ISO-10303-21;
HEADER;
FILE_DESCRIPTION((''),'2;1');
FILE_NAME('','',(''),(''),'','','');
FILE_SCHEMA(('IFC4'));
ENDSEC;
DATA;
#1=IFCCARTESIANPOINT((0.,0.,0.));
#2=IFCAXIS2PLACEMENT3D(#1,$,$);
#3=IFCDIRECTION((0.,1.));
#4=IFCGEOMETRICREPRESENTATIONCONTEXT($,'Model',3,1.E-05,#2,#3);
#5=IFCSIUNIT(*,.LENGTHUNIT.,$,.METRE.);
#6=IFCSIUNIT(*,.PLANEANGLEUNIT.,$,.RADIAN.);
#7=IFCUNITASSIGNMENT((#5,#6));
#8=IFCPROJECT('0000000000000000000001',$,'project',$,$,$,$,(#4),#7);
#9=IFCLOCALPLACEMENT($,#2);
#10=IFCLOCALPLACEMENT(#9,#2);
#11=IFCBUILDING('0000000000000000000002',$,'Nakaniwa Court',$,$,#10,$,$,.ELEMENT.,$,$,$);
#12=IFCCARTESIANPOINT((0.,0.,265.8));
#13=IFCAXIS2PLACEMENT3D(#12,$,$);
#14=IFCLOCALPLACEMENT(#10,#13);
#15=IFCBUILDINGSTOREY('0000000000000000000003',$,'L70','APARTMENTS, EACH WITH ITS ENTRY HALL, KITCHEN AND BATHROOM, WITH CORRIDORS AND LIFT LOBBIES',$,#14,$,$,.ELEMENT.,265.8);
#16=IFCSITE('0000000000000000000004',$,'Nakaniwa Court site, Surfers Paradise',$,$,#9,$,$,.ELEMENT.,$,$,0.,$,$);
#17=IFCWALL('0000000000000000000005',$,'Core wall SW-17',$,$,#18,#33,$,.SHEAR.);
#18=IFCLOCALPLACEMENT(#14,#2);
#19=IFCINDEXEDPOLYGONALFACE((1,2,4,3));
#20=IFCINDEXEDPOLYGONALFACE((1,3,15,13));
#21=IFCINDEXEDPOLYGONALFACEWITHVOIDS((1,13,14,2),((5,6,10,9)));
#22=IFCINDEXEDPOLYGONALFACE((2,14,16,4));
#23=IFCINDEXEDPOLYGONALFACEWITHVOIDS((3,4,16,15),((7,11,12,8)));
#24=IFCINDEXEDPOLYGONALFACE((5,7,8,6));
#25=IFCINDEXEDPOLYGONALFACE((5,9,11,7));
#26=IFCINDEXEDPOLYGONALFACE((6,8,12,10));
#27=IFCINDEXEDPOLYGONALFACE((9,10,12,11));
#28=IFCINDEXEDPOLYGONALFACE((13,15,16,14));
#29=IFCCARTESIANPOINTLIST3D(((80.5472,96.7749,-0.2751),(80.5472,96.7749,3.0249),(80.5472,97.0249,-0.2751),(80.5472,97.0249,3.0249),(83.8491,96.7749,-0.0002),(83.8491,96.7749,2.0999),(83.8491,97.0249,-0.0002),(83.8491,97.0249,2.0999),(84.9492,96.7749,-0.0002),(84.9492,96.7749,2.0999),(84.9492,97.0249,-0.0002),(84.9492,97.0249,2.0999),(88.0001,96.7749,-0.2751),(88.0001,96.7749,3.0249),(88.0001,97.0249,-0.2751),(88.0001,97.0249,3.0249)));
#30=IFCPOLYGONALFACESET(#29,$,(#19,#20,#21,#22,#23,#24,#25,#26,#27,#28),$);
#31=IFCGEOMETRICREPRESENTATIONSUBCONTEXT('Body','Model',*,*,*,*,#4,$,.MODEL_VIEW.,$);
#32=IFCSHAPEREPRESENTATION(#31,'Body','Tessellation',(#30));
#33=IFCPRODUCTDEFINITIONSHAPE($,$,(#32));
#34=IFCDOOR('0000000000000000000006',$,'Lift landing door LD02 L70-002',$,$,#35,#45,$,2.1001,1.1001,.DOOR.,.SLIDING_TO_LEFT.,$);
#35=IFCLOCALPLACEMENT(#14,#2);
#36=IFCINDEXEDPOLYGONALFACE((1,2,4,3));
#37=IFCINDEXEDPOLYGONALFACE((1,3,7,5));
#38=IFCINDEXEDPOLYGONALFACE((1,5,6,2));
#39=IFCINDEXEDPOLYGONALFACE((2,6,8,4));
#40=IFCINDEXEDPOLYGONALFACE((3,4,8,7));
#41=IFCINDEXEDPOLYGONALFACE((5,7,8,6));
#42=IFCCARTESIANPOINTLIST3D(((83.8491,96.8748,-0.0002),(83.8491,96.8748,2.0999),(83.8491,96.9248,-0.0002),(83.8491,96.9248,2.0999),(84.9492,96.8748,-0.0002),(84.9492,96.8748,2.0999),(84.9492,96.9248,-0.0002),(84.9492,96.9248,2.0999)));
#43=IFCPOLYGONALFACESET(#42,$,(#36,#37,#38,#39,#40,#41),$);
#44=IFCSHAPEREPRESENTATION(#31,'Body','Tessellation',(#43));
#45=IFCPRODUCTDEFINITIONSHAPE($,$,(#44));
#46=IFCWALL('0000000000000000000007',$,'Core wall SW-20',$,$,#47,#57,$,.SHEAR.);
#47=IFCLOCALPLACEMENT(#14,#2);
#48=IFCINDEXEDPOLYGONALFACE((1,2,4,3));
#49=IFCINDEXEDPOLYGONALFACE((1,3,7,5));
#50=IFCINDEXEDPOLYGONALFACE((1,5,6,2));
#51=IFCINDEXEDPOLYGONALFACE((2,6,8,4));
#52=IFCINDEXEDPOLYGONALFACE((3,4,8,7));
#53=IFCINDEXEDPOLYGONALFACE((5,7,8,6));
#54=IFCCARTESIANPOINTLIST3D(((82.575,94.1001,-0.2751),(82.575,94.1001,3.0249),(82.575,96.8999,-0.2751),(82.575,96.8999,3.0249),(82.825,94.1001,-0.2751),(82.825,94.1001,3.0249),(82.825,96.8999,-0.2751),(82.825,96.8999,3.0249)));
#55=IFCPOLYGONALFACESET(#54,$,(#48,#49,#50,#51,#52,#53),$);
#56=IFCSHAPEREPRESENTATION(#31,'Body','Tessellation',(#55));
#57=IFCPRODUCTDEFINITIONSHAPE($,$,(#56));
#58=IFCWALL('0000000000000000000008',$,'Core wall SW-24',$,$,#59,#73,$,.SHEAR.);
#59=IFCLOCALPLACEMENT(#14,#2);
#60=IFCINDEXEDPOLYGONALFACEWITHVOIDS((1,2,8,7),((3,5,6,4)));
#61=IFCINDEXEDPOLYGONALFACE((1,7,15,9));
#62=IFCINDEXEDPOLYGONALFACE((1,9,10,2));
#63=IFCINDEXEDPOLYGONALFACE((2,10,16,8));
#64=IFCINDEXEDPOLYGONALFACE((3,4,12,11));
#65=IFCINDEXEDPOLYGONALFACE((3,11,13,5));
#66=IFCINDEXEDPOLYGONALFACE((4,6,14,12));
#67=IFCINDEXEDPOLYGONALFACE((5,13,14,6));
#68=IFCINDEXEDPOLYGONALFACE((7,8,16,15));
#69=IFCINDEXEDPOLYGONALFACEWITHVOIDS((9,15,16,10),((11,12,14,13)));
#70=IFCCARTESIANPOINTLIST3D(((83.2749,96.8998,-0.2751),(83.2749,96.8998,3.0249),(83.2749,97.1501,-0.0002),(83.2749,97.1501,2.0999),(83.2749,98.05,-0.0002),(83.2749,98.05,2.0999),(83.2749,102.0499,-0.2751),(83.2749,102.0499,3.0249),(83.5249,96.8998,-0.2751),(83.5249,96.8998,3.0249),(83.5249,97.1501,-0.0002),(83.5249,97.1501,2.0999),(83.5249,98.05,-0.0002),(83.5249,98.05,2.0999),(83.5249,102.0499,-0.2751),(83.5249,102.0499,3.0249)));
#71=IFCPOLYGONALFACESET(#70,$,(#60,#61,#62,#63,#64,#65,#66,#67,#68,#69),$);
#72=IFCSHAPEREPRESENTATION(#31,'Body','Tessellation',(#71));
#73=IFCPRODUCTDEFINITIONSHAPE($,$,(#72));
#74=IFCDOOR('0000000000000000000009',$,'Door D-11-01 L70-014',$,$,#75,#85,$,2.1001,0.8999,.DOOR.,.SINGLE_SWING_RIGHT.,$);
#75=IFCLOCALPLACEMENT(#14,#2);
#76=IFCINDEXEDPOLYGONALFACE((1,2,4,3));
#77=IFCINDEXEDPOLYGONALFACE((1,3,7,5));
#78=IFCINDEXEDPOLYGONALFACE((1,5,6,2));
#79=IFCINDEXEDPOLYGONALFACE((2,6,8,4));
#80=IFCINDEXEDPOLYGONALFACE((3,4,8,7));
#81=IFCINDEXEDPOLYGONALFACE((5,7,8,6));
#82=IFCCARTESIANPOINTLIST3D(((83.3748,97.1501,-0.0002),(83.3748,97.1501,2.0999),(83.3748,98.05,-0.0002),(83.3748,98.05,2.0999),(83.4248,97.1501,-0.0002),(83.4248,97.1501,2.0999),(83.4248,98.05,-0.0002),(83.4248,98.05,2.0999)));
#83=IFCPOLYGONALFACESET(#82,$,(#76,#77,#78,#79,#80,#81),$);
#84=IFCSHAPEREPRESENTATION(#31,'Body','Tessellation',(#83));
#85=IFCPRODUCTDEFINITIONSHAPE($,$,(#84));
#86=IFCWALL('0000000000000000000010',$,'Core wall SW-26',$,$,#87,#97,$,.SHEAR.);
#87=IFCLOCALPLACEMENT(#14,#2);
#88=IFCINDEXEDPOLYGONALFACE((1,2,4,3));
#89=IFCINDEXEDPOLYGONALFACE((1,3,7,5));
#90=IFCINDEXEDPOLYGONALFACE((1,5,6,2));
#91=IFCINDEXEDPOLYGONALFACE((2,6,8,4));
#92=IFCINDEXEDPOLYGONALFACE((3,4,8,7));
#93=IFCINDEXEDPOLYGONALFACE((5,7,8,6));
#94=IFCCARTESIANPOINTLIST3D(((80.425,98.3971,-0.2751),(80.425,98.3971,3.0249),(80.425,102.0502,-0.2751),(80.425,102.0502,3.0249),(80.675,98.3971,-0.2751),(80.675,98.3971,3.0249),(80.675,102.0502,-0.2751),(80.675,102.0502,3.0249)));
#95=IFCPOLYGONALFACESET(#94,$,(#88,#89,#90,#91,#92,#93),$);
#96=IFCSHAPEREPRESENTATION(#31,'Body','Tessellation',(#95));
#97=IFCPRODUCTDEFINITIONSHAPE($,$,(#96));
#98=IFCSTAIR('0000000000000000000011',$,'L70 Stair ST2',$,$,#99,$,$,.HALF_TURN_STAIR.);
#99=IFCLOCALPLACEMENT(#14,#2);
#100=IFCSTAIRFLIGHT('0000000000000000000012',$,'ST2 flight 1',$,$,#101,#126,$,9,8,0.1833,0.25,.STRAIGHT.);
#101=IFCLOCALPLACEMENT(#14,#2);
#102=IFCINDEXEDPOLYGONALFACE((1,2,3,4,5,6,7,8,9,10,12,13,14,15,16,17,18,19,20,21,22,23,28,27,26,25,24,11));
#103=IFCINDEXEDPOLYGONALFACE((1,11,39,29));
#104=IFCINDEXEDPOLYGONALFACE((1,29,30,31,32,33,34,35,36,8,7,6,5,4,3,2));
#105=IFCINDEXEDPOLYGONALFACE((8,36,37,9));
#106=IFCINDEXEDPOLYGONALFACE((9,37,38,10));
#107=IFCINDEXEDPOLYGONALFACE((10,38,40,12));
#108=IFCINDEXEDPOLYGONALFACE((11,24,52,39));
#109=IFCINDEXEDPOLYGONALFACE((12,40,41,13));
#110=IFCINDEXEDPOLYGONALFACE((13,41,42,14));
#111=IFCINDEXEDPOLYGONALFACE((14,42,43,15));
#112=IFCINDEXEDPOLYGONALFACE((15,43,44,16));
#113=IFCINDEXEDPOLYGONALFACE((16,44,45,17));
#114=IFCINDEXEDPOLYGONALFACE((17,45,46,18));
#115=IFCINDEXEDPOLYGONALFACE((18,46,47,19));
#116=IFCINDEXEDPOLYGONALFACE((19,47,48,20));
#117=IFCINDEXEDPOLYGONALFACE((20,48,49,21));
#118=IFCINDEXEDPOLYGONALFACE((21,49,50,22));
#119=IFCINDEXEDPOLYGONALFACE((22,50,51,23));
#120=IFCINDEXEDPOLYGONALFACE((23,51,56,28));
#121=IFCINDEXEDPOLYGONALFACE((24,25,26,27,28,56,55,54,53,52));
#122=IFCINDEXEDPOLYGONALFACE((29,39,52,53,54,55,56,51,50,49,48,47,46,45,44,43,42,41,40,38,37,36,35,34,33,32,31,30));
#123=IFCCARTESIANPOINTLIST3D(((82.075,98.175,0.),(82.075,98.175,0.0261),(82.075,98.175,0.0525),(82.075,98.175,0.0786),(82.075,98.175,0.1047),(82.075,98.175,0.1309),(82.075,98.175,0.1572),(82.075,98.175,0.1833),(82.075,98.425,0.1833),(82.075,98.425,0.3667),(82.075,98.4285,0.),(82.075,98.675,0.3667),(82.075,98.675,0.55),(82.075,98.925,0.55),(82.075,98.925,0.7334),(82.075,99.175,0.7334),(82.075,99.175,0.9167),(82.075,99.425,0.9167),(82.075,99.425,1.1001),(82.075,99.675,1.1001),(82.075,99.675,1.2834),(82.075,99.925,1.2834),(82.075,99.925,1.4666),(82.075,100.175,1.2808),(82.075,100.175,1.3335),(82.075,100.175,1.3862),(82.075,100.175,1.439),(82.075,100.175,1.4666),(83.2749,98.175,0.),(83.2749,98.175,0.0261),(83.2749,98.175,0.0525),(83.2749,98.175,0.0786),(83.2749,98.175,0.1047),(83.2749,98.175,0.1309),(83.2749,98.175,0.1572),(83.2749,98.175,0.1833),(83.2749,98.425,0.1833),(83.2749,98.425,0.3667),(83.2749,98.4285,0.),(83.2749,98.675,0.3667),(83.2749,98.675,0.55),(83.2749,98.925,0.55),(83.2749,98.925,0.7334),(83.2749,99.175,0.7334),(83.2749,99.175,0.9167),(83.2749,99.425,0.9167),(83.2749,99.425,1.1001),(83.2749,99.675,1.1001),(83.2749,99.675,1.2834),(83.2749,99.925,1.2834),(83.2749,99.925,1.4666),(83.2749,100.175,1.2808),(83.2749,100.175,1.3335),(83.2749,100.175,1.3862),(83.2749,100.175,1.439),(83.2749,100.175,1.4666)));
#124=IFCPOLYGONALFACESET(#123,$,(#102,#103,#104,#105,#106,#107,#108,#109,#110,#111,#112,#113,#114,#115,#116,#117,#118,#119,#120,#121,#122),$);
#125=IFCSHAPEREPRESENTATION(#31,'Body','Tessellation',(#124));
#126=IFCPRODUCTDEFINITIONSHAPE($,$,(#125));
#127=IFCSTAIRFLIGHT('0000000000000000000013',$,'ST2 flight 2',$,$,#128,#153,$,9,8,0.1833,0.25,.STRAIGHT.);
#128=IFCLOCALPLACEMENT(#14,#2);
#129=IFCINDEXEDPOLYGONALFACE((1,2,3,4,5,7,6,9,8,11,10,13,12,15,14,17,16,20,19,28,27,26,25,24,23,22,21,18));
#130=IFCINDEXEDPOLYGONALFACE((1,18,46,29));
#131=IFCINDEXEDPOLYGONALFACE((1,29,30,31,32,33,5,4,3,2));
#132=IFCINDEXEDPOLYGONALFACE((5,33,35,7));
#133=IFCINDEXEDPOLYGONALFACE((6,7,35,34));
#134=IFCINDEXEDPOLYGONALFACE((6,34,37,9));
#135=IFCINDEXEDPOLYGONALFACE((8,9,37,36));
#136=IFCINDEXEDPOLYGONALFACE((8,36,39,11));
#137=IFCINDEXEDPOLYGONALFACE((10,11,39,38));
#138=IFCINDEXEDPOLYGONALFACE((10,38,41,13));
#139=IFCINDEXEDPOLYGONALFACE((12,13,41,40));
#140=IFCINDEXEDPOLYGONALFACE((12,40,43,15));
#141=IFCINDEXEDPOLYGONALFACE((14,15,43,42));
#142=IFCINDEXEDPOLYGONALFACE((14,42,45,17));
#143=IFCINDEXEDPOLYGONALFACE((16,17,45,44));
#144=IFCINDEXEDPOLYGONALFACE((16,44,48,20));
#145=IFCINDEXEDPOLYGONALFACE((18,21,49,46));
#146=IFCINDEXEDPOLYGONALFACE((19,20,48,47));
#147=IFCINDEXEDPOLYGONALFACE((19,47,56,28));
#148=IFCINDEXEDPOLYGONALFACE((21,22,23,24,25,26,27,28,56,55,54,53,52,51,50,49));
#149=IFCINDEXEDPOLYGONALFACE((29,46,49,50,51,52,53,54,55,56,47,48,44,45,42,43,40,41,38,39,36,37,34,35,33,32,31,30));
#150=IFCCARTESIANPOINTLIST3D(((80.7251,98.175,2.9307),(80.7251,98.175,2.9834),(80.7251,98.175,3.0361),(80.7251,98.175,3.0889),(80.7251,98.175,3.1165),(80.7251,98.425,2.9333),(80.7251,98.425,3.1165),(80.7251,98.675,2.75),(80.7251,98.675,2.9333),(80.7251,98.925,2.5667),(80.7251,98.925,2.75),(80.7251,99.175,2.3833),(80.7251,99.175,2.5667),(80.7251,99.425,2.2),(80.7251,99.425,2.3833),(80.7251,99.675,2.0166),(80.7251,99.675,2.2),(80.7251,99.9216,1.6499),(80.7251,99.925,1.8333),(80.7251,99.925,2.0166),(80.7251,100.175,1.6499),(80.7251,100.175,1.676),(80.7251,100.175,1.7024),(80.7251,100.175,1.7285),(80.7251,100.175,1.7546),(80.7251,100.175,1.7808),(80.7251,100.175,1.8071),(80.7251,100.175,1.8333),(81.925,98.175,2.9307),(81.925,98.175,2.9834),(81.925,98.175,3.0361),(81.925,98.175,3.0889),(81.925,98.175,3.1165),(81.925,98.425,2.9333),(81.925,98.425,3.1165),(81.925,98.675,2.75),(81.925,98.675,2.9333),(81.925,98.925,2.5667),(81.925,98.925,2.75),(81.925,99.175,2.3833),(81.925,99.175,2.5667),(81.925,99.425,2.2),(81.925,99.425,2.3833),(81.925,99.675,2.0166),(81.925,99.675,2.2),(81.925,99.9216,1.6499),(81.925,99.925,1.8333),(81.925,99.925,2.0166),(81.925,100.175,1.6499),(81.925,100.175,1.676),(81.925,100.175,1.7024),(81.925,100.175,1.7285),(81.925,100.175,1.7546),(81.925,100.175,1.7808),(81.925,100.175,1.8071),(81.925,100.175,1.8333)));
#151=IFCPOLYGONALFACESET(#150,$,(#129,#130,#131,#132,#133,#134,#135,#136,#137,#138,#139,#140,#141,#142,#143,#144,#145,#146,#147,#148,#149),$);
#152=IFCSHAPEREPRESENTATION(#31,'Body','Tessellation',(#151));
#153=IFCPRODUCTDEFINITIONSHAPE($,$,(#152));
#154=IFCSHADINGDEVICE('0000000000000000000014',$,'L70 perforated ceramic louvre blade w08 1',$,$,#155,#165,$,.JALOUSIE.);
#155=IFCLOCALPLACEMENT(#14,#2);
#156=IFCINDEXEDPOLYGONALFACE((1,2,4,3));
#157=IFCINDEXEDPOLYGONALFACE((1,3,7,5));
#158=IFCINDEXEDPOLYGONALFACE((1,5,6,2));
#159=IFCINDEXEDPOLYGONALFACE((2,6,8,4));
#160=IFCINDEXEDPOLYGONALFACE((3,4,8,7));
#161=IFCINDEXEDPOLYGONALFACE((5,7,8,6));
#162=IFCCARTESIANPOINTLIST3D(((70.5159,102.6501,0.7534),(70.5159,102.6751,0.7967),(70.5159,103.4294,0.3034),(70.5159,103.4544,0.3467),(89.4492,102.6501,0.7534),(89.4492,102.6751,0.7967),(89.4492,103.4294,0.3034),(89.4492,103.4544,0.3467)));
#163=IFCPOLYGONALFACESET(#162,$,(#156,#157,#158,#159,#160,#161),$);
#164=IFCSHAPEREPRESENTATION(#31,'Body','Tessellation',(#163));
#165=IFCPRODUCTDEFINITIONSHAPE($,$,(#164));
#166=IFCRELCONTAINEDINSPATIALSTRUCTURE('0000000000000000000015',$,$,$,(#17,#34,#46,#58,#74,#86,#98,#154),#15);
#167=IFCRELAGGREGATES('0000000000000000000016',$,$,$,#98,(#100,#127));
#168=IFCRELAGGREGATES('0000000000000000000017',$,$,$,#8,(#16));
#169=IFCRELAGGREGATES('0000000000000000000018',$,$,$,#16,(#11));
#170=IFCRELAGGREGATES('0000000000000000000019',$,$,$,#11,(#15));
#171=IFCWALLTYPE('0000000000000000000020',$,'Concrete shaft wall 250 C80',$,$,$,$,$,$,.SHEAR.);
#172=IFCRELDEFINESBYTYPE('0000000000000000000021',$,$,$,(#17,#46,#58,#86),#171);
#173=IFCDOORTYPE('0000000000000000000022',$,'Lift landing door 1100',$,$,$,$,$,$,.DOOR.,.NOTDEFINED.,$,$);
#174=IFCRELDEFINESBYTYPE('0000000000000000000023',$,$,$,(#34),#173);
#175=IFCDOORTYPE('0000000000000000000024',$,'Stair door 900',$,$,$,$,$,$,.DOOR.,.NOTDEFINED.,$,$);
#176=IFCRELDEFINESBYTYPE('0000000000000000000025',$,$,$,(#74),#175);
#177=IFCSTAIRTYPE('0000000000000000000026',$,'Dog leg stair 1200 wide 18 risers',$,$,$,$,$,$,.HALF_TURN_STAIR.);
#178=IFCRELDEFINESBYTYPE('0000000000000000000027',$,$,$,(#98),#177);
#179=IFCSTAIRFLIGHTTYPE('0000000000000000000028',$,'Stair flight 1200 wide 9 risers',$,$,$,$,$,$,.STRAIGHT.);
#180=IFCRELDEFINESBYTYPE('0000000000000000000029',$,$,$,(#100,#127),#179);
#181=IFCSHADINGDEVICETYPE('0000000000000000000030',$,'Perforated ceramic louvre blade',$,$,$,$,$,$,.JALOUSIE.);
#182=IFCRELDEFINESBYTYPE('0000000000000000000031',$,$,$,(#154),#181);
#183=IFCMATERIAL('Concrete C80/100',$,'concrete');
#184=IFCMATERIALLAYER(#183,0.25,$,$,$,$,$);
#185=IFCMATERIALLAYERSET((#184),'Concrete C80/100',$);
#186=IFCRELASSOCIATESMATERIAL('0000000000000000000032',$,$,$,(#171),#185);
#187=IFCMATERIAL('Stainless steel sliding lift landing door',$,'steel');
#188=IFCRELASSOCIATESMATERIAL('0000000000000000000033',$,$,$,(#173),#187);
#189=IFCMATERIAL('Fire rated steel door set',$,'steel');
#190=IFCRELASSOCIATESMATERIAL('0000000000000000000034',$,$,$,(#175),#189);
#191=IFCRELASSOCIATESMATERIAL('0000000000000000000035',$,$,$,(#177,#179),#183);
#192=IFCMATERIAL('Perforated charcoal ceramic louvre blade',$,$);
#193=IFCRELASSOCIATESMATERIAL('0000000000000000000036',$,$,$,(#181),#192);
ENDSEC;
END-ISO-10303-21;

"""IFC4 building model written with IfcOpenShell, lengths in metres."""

from ifc_helpers import new_model, si_unit, direction, frame, frame_2d, origin, origin_2d, place, context, subcontext, project, spatial, polyline, rectangle, outline, extrude, material, layer, layer_set, material_profile, profile_set, type_object, element, fill, aggregate, save


model = new_model("IFC4")

# Units and contexts
model_context = context("Model", 3, precision=1e-05, world=origin(), true_north=direction((0.0, 1.0)))
body_context = subcontext(model_context, "Body", "Model", "MODEL_VIEW")
ifc_project = project(units=[si_unit("LENGTHUNIT", "METRE"), si_unit("PLANEANGLEUNIT", "RADIAN")], contexts=[model_context])

# Site, building, storey
site_placement = place(None, origin())
site = spatial("IfcSite", under=ifc_project, at=site_placement, Name="Nakaniwa Court site, Surfers Paradise", CompositionType="ELEMENT", RefElevation=0.0)
building_placement = place(site_placement, origin())
building = spatial("IfcBuilding", under=site, at=building_placement, Name="Nakaniwa Court", CompositionType="ELEMENT")
storey_placement = place(building_placement, frame((0.0, 0.0, 265.8)))
storey = spatial("IfcBuildingStorey", under=building, at=storey_placement, Name="L70", Description="APARTMENTS, EACH WITH ITS ENTRY HALL, KITCHEN AND BATHROOM, WITH CORRIDORS AND LIFT LOBBIES", CompositionType="ELEMENT", Elevation=265.8)

# Shared definitions
ifc_material_1 = material(Name="Fire rated steel door set", Category="steel")

# Shared definitions
ifc_material_2 = material(Name="Concrete C80/100", Category="concrete")

# Shared definitions
ifc_layer_1 = layer(ifc_material_2, 0.25)
ifc_layer_set_1 = layer_set([ifc_layer_1], Name="Concrete C80/100")
wall_type_1 = type_object("IfcWallType", Name="Concrete shaft wall 250 C80", PredefinedType="SHEAR", material=ifc_layer_set_1)

# Wall, opening, door
wall_1_placement = place(storey_placement, frame((80.5471, 96.8999, -0.2751), z_axis=(0.0, 0.0, 1.0), x_axis=(1.0, 0.0, 0.0)))
wall_1 = element("IfcWall", 1, at=wall_1_placement, inside=storey, type_object=wall_type_1, Name="Core wall SW-17", PredefinedType="SHEAR", context=body_context, shape_type="SweptSolid", body=[
    extrude(rectangle(XDim=7.4529, YDim=0.25, at=frame_2d((3.7266, 0.0))), origin(), (0.0, 0.0, 1.0), 3.3),
])
opening_1_placement = place(wall_1_placement, frame((3.302, 0.0, 0.2749)))
opening_1 = element("IfcOpeningElement", 2, at=opening_1_placement, cuts=wall_1, PredefinedType="OPENING", context=body_context, shape_type="SweptSolid", body=[
    extrude(rectangle(XDim=1.1001, YDim=2.1001, at=frame_2d((0.55, 1.05))), frame((0.0, 0.135, 0.0), z_axis=(0.0, -1.0, 0.0), x_axis=(1.0, 0.0, 0.0)), (0.0, 0.0, 1.0), 0.27),
])
ifc_material_3 = material(Name="Stainless steel sliding lift landing door", Category="steel")
door_type_1 = type_object("IfcDoorType", Name="Lift landing door 1100", OperationType="NOTDEFINED", PredefinedType="DOOR", material=ifc_material_3)
door_1_placement = place(opening_1_placement, origin())
door_1 = element("IfcDoor", 3, at=door_1_placement, inside=storey, type_object=door_type_1, Name="Lift landing door LD02 L70-002", OperationType="SLIDING_TO_LEFT", OverallHeight=2.1001, OverallWidth=1.1001, PredefinedType="DOOR", context=body_context, shape_type="SweptSolid", body=[
    extrude(rectangle(XDim=1.1001, YDim=2.1001, at=frame_2d((0.55, 1.05))), frame((0.0, 0.0249, 0.0), z_axis=(0.0, -1.0, 0.0), x_axis=(1.0, 0.0, 0.0)), (0.0, 0.0, 1.0), 0.05),
])
fill(opening_1, door_1)

# Wall
wall_2_placement = place(storey_placement, frame((82.7, 94.1001, -0.2751), z_axis=(0.0, 0.0, 1.0), x_axis=(0.0, 1.0, 0.0)))
element("IfcWall", 4, at=wall_2_placement, inside=storey, type_object=wall_type_1, Name="Core wall SW-20", PredefinedType="SHEAR", context=body_context, shape_type="SweptSolid", body=[
    extrude(rectangle(XDim=2.7998, YDim=0.25, at=frame_2d((1.3999, 0.0))), origin(), (0.0, 0.0, 1.0), 3.3),
])

# Wall, opening, door
wall_3_placement = place(storey_placement, frame((83.3999, 102.05, -0.2751), z_axis=(0.0, 0.0, 1.0), x_axis=(0.0, -1.0, 0.0)))
wall_3 = element("IfcWall", 5, at=wall_3_placement, inside=storey, type_object=wall_type_1, Name="Core wall SW-24", PredefinedType="SHEAR", context=body_context, shape_type="SweptSolid", body=[
    extrude(rectangle(XDim=5.1501, YDim=0.25, at=frame_2d((2.5752, 0.0))), origin(), (0.0, 0.0, 1.0), 3.3),
])
opening_2_placement = place(wall_3_placement, frame((4.0, 0.0, 0.2749)))
opening_2 = element("IfcOpeningElement", 6, at=opening_2_placement, cuts=wall_3, PredefinedType="OPENING", context=body_context, shape_type="SweptSolid", body=[
    extrude(rectangle(XDim=0.8999, YDim=2.1001, at=frame_2d((0.45, 1.05))), frame((0.0, 0.135, 0.0), z_axis=(0.0, -1.0, 0.0), x_axis=(1.0, 0.0, 0.0)), (0.0, 0.0, 1.0), 0.27),
])
door_type_2 = type_object("IfcDoorType", Name="Stair door 900", OperationType="NOTDEFINED", PredefinedType="DOOR", material=ifc_material_1)
door_2_placement = place(opening_2_placement, origin())
door_2 = element("IfcDoor", 7, at=door_2_placement, inside=storey, type_object=door_type_2, Name="Door D-11-01 L70-014", OperationType="SINGLE_SWING_RIGHT", OverallHeight=2.1001, OverallWidth=0.8999, PredefinedType="DOOR", context=body_context, shape_type="SweptSolid", body=[
    extrude(rectangle(XDim=0.8999, YDim=2.1001, at=frame_2d((0.45, 1.05))), frame((0.0, 0.0249, 0.0), z_axis=(0.0, -1.0, 0.0), x_axis=(1.0, 0.0, 0.0)), (0.0, 0.0, 1.0), 0.05),
])
fill(opening_2, door_2)

# Wall
wall_4_placement = place(storey_placement, frame((80.55, 98.397, -0.2751), z_axis=(0.0, 0.0, 1.0), x_axis=(0.0, 1.0, 0.0)))
element("IfcWall", 8, at=wall_4_placement, inside=storey, type_object=wall_type_1, Name="Core wall SW-26", PredefinedType="SHEAR", context=body_context, shape_type="SweptSolid", body=[
    extrude(rectangle(XDim=3.6531, YDim=0.25, at=frame_2d((1.8267, 0.0))), origin(), (0.0, 0.0, 1.0), 3.3),
])

# Stair, stair flights
stair_type = type_object("IfcStairType", Name="Dog leg stair 1200 wide 18 risers", PredefinedType="HALF_TURN_STAIR", material=ifc_material_2)
stair_placement = place(storey_placement, origin())
stair = element("IfcStair", 9, at=stair_placement, inside=storey, type_object=stair_type, Name="L70 Stair ST2", PredefinedType="HALF_TURN_STAIR")
stair_flight_type = type_object("IfcStairFlightType", Name="Stair flight 1200 wide 9 risers", PredefinedType="STRAIGHT", material=ifc_material_2)
stair_flight_1_placement = place(storey_placement, frame((82.675, 98.175, 0.0), z_axis=(0.0, 0.0, 1.0), x_axis=(0.0, 1.0, 0.0)))
stair_flight_1 = element("IfcStairFlight", 10, at=stair_flight_1_placement, type_object=stair_flight_type, Name="ST2 flight 1", NumberOfRisers=9, NumberOfTreads=8, PredefinedType="STRAIGHT", RiserHeight=0.1833, TreadLength=0.25, context=body_context, shape_type="SweptSolid", body=[
    extrude(outline(polyline([(0.0, 0.0), (0.0, 0.0261), (0.0, 0.0525), (0.0, 0.0786), (0.0, 0.1047), (0.0, 0.1309), (0.0, 0.1572), (0.0, 0.1833), (0.25, 0.1833), (0.25, 0.3667), (0.5, 0.3667), (0.5, 0.55), (0.75, 0.55), (0.75, 0.7334), (1.0, 0.7334), (1.0, 0.9167), (1.25, 0.9167), (1.25, 1.1001), (1.5, 1.1001), (1.5, 1.2834), (1.75, 1.2834), (1.75, 1.4666), (2.0, 1.4666), (2.0, 1.6499), (2.0, 1.5972), (2.0, 1.5444), (2.0, 1.4917), (2.0, 1.439), (2.0, 1.3862), (2.0, 1.3335), (2.0, 1.2808), (0.2534, 0.0), (0.0, 0.0)])), frame((0.0, 0.6001, 0.0), z_axis=(0.0, -1.0, 0.0), x_axis=(1.0, 0.0, 0.0)), (0.0, 0.0, 1.0), 1.2),
])
stair_flight_2_placement = place(storey_placement, frame((81.325, 100.175, 1.6499), z_axis=(0.0, 0.0, 1.0), x_axis=(0.0, -1.0, 0.0)))
stair_flight_2 = element("IfcStairFlight", 11, at=stair_flight_2_placement, type_object=stair_flight_type, Name="ST2 flight 2", NumberOfRisers=9, NumberOfTreads=8, PredefinedType="STRAIGHT", RiserHeight=0.1833, TreadLength=0.25, context=body_context, shape_type="SweptSolid", body=[
    extrude(outline(polyline([(0.0, 0.0), (0.0, 0.0261), (0.0, 0.0525), (0.0, 0.0786), (0.0, 0.1047), (0.0, 0.1309), (0.0, 0.1572), (0.0, 0.1833), (0.25, 0.1833), (0.25, 0.3667), (0.5, 0.3667), (0.5, 0.55), (0.75, 0.55), (0.75, 0.7334), (1.0, 0.7334), (1.0, 0.9167), (1.25, 0.9167), (1.25, 1.1001), (1.5, 1.1001), (1.5, 1.2834), (1.75, 1.2834), (1.75, 1.4666), (2.0, 1.4666), (2.0, 1.6499), (2.0, 1.5972), (2.0, 1.5444), (2.0, 1.4917), (2.0, 1.439), (2.0, 1.3862), (2.0, 1.3335), (2.0, 1.2808), (0.2534, 0.0), (0.0, 0.0)])), frame((0.0, 0.6001, 0.0), z_axis=(0.0, -1.0, 0.0), x_axis=(1.0, 0.0, 0.0)), (0.0, 0.0, 1.0), 1.2),
])
aggregate(stair, [stair_flight_1, stair_flight_2])

# Shading device
ifc_material_4 = material(Name="Perforated charcoal ceramic louvre blade")
ifc_material_profile = material_profile(ifc_material_4, rectangle(XDim=0.8999, YDim=0.05, at=origin_2d()), Name="Perforated ceramic louvre blade")
ifc_profile_set = profile_set([ifc_material_profile], Name="Perforated charcoal ceramic louvre blade")
shading_device_type = type_object("IfcShadingDeviceType", Name="Perforated ceramic louvre blade", PredefinedType="JALOUSIE", material=ifc_profile_set)
for number, where, z_axis, x_axis, name in (
    (12, (89.4492, 103.0522, 0.55), (-1.0, 0.0, 0.0), (0.0, -0.866025, 0.5), "L70 perforated ceramic louvre blade w08 1"),
):
    element("IfcShadingDevice", number, at=place(storey_placement, frame(where, z_axis=z_axis, x_axis=x_axis)), inside=storey, type_object=shading_device_type, Name=name, PredefinedType="JALOUSIE", context=body_context, shape_type="SweptSolid", body=[
        extrude(rectangle(XDim=0.8999, YDim=0.05, at=origin_2d()), origin(), (0.0, 0.0, 1.0), 18.9333),
    ])

save(model, "model.ifc")
